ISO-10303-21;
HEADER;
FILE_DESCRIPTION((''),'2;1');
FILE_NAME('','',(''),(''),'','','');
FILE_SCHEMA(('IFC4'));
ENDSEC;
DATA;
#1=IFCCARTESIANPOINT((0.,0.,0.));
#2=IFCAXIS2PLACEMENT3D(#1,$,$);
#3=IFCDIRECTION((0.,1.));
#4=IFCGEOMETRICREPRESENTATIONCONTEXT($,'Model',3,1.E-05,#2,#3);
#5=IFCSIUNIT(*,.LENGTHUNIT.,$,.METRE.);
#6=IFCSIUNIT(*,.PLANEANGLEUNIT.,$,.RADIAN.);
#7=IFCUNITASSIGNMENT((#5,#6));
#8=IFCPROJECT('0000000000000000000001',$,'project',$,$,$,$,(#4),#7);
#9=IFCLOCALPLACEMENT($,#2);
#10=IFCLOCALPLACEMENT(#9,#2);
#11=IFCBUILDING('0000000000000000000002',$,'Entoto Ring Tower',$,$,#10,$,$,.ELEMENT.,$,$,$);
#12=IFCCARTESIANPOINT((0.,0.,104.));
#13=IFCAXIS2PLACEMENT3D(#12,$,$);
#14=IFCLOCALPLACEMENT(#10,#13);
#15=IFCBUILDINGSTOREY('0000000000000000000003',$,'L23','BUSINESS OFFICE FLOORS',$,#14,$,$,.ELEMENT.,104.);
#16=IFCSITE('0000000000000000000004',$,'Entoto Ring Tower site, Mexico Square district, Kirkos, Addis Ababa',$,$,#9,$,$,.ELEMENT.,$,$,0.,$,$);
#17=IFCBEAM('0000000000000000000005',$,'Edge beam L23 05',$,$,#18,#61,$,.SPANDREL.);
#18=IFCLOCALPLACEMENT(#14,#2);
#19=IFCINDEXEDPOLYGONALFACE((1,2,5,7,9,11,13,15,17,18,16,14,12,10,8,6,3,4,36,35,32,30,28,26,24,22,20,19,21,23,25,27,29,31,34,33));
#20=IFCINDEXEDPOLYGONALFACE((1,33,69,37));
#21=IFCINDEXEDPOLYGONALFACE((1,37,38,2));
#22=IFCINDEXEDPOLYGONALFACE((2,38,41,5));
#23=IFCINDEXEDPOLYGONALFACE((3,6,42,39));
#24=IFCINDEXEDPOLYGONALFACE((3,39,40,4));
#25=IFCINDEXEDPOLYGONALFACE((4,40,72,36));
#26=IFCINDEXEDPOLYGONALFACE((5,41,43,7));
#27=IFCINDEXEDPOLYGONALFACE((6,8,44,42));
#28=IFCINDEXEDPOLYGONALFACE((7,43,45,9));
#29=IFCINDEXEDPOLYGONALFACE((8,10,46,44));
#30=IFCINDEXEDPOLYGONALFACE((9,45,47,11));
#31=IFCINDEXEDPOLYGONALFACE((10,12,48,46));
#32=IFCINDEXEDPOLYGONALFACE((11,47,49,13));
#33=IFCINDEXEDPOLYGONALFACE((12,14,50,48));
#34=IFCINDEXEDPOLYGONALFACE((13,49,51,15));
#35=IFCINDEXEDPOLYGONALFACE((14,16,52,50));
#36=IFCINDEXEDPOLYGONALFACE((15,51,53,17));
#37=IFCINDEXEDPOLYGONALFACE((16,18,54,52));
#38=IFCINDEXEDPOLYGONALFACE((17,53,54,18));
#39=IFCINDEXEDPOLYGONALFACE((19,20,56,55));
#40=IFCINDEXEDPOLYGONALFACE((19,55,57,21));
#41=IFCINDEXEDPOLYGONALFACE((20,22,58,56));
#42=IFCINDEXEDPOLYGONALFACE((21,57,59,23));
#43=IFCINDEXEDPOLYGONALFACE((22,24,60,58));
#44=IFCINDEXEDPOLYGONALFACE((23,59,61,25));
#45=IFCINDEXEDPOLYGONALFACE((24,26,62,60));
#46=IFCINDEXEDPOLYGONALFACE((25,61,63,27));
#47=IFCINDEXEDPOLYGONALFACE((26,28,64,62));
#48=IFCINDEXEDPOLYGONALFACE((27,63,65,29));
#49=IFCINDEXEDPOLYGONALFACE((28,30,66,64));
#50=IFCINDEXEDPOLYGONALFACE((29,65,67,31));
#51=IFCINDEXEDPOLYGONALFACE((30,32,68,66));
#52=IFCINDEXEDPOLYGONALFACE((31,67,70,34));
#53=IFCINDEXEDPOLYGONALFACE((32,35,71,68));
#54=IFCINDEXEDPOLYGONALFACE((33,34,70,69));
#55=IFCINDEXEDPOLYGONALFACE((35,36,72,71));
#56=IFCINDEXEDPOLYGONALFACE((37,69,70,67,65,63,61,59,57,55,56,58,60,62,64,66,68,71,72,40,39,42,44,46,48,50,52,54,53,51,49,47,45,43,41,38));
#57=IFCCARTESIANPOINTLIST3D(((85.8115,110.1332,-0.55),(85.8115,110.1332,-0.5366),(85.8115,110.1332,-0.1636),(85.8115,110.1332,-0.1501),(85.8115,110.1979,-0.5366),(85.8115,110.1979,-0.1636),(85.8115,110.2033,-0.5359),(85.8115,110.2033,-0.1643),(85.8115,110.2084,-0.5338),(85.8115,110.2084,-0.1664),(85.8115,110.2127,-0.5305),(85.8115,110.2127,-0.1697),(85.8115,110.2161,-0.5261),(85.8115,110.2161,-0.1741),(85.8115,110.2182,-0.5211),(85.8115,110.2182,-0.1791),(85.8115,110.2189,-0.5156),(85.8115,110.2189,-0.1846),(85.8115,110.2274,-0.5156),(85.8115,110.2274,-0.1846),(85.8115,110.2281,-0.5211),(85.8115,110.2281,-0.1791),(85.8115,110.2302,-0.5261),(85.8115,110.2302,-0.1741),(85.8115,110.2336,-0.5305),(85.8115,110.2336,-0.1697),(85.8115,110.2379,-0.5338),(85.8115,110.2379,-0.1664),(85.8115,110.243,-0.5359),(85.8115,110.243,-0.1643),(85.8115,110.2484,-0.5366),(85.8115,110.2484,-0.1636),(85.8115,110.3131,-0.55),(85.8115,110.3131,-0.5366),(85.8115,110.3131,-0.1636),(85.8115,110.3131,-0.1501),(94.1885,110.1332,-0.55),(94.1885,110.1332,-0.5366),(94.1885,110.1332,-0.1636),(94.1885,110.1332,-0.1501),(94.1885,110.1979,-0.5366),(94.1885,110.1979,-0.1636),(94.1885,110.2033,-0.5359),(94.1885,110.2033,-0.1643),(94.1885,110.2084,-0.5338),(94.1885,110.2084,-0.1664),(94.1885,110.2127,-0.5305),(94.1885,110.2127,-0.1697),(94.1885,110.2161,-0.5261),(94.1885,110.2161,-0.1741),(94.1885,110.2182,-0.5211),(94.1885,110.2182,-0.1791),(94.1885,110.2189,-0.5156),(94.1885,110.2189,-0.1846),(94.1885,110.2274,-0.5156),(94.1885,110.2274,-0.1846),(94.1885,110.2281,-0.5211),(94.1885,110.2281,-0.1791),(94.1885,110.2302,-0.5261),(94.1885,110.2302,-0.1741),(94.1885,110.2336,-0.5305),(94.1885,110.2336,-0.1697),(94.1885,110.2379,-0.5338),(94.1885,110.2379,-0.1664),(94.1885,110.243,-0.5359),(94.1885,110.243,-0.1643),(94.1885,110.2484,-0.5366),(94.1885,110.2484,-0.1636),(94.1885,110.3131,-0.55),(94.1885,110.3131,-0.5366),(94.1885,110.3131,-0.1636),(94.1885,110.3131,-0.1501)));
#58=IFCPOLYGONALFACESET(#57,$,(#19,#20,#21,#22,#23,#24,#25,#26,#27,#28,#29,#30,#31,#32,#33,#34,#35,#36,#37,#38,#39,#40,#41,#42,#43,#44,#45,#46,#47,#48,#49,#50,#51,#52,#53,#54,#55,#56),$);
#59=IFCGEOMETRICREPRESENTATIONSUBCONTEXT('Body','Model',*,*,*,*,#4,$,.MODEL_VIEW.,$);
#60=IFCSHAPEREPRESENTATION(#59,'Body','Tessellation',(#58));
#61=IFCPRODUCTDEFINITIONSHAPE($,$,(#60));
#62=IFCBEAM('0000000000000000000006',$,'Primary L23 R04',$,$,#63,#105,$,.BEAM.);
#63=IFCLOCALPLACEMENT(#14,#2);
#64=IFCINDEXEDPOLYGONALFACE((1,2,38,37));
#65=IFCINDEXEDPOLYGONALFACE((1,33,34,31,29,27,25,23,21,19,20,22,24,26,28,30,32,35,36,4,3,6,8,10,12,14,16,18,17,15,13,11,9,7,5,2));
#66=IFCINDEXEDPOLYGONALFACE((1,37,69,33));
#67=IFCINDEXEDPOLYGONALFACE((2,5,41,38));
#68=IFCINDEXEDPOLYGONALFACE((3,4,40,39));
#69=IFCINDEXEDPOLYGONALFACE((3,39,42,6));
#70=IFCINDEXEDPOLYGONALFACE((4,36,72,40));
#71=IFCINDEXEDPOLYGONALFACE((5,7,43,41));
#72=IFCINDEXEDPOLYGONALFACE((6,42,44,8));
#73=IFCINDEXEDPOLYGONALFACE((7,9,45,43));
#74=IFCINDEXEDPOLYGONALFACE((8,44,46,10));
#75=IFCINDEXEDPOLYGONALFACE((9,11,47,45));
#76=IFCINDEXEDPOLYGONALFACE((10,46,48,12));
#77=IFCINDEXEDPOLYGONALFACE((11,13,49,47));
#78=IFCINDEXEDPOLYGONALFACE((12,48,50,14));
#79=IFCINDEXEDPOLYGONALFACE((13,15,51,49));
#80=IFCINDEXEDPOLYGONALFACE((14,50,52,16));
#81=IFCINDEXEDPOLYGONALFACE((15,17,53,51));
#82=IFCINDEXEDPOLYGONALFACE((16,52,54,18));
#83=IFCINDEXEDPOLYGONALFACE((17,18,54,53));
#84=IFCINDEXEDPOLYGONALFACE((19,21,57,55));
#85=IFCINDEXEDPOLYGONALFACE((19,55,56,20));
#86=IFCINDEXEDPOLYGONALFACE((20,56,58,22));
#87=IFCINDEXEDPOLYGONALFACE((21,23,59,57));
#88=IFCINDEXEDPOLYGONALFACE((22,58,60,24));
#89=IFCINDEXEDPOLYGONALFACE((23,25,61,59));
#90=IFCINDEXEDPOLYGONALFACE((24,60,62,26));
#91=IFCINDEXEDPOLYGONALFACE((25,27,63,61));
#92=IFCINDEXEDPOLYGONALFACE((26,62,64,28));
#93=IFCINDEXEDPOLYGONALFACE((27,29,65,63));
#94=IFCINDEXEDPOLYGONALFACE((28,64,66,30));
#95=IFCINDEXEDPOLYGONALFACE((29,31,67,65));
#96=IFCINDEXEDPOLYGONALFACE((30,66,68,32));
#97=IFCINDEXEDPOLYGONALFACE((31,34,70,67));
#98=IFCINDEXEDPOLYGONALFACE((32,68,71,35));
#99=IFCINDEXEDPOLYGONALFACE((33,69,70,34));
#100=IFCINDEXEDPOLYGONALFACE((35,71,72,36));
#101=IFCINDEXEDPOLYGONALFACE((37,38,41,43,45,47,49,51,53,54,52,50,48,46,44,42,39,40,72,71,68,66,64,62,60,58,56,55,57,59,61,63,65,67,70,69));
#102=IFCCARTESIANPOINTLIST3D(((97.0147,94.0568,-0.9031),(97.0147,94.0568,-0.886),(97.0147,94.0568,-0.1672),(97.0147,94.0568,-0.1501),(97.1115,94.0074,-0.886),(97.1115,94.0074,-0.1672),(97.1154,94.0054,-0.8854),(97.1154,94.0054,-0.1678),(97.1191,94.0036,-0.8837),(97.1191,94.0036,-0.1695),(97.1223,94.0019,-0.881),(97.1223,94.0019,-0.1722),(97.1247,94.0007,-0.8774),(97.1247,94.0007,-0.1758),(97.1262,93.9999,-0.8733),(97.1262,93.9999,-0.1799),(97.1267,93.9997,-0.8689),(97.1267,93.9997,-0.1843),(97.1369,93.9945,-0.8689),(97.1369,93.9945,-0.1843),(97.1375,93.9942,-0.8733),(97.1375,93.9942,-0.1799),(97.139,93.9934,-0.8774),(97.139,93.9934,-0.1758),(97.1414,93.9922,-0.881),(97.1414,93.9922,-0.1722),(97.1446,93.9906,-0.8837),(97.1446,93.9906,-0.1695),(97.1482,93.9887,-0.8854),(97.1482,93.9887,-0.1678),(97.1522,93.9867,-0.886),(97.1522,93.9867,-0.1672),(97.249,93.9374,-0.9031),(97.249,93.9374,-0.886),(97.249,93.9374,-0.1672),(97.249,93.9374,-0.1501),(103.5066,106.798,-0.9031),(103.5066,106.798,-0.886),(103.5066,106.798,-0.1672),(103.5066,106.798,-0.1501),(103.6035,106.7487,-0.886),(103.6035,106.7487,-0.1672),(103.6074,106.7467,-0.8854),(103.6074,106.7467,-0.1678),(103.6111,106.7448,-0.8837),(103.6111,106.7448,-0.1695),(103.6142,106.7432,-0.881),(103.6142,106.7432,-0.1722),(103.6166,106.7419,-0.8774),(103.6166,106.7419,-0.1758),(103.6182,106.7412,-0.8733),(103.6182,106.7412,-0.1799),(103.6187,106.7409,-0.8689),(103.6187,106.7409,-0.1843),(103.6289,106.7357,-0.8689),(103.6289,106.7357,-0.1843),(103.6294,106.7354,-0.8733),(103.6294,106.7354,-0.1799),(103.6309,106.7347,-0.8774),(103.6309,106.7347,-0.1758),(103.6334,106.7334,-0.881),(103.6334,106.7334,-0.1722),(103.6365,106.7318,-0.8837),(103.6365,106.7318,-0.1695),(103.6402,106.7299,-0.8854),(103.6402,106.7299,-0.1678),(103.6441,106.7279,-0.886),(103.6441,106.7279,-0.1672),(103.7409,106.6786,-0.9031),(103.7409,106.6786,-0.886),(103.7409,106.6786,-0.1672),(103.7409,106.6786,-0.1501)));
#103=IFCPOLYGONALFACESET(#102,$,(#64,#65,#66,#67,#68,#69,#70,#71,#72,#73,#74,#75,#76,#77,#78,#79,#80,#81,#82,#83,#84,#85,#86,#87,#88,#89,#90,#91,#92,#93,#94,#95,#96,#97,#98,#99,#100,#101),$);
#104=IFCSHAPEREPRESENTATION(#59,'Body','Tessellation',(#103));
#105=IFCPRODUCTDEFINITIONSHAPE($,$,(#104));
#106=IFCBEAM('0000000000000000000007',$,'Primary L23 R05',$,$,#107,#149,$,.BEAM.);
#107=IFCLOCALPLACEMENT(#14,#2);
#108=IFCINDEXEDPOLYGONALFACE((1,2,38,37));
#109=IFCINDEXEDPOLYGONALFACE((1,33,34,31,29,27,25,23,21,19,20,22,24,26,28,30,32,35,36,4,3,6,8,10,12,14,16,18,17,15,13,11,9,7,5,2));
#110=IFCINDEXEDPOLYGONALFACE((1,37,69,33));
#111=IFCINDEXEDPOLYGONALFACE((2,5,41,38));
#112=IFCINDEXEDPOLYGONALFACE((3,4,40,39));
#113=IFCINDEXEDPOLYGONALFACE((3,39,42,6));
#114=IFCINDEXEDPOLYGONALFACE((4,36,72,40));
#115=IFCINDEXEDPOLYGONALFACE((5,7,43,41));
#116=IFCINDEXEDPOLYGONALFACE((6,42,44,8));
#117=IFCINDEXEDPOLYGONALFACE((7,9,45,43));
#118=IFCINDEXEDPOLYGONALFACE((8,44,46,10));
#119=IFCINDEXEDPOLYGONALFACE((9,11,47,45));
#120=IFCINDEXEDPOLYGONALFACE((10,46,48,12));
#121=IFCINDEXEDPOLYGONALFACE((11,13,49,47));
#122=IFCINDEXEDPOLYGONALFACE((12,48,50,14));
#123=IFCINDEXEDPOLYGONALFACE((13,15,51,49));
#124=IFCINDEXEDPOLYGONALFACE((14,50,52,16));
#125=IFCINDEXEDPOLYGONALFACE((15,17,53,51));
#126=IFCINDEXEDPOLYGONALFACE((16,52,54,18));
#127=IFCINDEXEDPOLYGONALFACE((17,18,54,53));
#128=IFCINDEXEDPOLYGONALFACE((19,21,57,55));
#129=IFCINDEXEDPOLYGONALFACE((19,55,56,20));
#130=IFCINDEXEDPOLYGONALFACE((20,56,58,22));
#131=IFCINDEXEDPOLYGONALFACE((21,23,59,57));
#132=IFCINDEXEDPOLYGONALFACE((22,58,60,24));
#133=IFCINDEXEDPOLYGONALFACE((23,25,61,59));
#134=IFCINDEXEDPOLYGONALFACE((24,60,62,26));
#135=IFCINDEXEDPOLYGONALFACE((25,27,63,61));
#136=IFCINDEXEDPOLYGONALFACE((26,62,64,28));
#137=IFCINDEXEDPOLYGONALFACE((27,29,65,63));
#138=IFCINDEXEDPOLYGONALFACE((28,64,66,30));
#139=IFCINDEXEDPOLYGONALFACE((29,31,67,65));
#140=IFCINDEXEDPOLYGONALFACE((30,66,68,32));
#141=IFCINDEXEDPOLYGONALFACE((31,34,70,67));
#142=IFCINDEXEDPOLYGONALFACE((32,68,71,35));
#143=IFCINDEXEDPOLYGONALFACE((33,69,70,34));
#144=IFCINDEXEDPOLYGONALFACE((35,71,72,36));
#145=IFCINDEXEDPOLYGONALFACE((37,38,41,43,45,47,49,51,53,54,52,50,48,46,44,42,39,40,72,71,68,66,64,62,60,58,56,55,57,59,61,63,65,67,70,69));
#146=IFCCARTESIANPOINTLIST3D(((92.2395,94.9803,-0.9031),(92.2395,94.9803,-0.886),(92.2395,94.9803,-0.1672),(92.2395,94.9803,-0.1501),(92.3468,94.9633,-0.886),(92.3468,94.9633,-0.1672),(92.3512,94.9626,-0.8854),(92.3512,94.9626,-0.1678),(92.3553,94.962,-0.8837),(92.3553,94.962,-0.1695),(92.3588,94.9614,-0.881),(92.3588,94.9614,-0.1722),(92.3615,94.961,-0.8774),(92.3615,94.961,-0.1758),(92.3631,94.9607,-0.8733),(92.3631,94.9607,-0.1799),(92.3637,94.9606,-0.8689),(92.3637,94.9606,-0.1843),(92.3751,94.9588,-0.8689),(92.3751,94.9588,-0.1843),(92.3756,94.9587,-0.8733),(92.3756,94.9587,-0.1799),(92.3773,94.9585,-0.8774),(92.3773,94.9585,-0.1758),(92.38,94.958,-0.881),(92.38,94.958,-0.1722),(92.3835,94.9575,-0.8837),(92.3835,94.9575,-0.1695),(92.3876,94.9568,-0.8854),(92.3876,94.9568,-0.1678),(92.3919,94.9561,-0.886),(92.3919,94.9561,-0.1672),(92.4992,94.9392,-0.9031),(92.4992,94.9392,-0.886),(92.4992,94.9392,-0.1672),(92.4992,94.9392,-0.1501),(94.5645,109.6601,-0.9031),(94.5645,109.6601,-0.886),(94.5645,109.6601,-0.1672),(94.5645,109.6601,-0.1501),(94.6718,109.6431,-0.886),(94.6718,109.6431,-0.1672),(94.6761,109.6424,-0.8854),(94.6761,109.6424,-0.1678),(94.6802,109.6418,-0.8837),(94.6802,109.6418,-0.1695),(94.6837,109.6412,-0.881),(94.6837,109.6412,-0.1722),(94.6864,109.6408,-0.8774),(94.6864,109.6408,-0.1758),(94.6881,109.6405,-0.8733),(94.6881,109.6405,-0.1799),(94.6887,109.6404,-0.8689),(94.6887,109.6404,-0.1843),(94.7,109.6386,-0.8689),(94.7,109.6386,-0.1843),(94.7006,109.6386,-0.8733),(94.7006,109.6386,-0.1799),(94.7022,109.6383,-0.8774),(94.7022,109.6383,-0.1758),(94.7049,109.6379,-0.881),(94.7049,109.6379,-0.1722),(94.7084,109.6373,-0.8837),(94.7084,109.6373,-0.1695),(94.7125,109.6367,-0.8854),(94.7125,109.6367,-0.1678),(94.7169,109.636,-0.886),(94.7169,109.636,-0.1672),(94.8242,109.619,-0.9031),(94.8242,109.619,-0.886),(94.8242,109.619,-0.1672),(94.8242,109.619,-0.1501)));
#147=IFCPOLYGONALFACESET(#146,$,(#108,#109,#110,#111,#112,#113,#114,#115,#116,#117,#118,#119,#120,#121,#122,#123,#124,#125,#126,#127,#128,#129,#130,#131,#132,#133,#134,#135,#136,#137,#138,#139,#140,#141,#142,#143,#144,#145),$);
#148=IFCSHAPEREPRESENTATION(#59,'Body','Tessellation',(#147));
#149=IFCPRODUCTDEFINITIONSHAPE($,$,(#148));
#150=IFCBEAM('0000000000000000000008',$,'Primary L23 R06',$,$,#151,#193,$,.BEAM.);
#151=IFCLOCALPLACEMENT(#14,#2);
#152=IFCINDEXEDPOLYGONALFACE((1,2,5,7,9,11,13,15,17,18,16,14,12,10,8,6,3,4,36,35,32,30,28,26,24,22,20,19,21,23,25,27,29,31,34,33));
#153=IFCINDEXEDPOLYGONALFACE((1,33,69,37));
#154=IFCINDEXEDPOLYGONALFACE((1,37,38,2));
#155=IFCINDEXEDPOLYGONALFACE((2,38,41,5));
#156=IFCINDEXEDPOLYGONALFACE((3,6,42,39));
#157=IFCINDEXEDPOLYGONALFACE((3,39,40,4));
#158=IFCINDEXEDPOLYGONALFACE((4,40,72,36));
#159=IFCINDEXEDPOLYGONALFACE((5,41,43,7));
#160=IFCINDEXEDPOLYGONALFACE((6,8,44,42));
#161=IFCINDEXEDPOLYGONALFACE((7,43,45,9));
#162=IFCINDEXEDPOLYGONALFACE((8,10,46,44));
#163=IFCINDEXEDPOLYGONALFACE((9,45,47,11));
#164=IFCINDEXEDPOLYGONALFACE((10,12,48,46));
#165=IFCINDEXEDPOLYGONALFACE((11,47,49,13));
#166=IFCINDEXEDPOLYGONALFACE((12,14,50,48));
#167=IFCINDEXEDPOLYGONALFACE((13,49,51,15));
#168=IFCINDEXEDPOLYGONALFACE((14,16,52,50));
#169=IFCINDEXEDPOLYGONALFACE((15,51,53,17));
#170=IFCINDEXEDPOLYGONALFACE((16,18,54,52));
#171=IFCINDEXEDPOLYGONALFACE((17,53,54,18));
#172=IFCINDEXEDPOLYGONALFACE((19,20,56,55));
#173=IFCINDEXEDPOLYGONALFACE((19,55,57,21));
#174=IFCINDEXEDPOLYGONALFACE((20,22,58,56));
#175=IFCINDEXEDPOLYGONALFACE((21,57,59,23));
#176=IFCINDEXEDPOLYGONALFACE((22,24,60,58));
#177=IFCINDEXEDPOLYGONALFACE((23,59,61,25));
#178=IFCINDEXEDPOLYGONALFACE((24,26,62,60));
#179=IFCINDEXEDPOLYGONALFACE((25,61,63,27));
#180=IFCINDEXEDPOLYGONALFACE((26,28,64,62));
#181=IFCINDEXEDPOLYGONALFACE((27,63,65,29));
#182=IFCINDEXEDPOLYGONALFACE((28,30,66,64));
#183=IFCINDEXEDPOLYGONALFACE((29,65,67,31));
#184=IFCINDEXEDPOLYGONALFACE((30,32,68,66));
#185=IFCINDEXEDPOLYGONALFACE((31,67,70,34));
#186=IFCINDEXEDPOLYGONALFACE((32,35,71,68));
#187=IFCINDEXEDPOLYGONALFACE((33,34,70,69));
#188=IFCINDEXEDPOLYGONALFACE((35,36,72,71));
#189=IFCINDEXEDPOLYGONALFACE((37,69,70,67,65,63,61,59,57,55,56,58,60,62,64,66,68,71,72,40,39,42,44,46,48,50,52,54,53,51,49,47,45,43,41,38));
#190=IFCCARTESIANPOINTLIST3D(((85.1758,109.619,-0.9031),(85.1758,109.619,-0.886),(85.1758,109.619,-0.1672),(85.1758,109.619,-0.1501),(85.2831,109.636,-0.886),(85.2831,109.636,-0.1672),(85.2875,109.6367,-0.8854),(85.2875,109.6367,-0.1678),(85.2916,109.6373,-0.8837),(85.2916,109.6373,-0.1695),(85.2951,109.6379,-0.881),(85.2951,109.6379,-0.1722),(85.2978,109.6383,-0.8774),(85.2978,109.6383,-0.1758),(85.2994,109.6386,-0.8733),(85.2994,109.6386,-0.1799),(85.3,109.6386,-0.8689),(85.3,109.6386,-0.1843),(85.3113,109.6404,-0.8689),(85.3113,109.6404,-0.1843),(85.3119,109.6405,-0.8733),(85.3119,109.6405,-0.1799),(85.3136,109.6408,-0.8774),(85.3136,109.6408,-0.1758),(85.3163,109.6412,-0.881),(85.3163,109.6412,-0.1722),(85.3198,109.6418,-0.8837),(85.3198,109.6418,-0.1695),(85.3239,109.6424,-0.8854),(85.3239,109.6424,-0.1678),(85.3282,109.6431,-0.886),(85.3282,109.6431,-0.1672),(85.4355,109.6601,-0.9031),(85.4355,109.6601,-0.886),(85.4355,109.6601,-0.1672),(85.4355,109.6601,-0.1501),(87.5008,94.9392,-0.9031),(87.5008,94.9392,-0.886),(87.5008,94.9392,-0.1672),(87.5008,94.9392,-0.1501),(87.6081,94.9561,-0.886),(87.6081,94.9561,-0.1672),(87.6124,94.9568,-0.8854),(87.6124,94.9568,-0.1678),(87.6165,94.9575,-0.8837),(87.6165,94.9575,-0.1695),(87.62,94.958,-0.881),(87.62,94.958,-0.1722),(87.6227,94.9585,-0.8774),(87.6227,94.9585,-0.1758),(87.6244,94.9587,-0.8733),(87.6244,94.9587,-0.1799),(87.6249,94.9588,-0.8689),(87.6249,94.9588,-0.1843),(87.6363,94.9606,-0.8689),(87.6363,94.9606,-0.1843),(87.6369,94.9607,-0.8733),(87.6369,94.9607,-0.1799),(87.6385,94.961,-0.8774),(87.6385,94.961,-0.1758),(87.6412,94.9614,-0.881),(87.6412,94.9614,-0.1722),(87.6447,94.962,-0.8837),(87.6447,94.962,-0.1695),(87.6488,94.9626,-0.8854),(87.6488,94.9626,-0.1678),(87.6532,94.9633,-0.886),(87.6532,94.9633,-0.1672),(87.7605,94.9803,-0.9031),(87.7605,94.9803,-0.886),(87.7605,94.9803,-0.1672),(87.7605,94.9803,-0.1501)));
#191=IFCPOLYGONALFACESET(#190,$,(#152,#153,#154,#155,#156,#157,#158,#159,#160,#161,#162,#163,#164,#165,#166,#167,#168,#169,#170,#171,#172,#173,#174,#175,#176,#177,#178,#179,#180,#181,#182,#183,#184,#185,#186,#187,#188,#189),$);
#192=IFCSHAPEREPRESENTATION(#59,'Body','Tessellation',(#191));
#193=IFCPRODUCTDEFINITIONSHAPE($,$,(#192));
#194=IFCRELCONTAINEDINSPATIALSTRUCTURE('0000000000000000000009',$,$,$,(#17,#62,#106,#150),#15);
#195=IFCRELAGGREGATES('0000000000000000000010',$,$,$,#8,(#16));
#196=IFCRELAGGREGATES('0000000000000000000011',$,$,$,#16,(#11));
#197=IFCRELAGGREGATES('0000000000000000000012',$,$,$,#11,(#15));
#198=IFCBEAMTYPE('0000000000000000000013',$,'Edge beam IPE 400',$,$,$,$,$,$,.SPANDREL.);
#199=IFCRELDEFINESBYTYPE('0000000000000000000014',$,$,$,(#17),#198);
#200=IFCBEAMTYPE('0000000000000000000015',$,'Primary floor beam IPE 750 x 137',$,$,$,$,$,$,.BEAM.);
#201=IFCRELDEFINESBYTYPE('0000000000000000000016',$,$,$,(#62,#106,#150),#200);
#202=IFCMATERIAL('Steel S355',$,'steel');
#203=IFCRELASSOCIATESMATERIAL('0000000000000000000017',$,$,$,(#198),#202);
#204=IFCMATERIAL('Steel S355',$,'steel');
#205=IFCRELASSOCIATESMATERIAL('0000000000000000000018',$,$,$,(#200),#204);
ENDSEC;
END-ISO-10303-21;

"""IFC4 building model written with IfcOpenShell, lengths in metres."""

from ifc_helpers import new_model, si_unit, direction, frame, origin, origin_2d, place, context, subcontext, project, spatial, i_section, extrude, material, material_profile, profile_set, type_object, element, save


model = new_model("IFC4")

# Units and contexts
model_context = context("Model", 3, precision=1e-05, world=origin(), true_north=direction((0.0, 1.0)))
body_context = subcontext(model_context, "Body", "Model", "MODEL_VIEW")
ifc_project = project(units=[si_unit("LENGTHUNIT", "METRE"), si_unit("PLANEANGLEUNIT", "RADIAN")], contexts=[model_context])

# Site, building, storey
site_placement = place(None, origin())
site = spatial("IfcSite", under=ifc_project, at=site_placement, Name="Entoto Ring Tower site, Mexico Square district, Kirkos, Addis Ababa", CompositionType="ELEMENT", RefElevation=0.0)
building_placement = place(site_placement, origin())
building = spatial("IfcBuilding", under=site, at=building_placement, Name="Entoto Ring Tower", CompositionType="ELEMENT")
storey_placement = place(building_placement, frame((0.0, 0.0, 104.0)))
storey = spatial("IfcBuildingStorey", under=building, at=storey_placement, Name="L23", Description="BUSINESS OFFICE FLOORS", CompositionType="ELEMENT", Elevation=104.0)

# Beams
ifc_material_1 = material(Name="Steel S355", Category="steel")
ifc_material_profile_1 = material_profile(ifc_material_1, i_section(OverallWidth=0.1799, OverallDepth=0.3999, WebThickness=0.0085, FlangeThickness=0.0134, FilletRadius=0.021, at=origin_2d()), Name="IPE 400")
ifc_profile_set_1 = profile_set([ifc_material_profile_1], Name="Steel S355")
beam_type_1 = type_object("IfcBeamType", Name="Edge beam IPE 400", PredefinedType="SPANDREL", material=ifc_profile_set_1)
beam_1_placement = place(storey_placement, frame((94.1885, 110.2231, -0.3501), z_axis=(-1.0, 0.0, 0.0), x_axis=(0.0, -1.0, 0.0)))
element("IfcBeam", 1, at=beam_1_placement, inside=storey, type_object=beam_type_1, Name="Edge beam L23 05", PredefinedType="SPANDREL", context=body_context, shape_type="SweptSolid", body=[
    extrude(i_section(OverallWidth=0.1799, OverallDepth=0.3999, WebThickness=0.0085, FlangeThickness=0.0134, FilletRadius=0.021, at=origin_2d()), origin(), (0.0, 0.0, 1.0), 8.377),
])
ifc_material_2 = material(Name="Steel S355", Category="steel")
ifc_material_profile_2 = material_profile(ifc_material_2, i_section(OverallWidth=0.2629, OverallDepth=0.7529, WebThickness=0.0115, FlangeThickness=0.0171, FilletRadius=0.0171, at=origin_2d()), Name="IPE 750 x 137")
ifc_profile_set_2 = profile_set([ifc_material_profile_2], Name="Steel S355")
beam_type_2 = type_object("IfcBeamType", Name="Primary floor beam IPE 750 x 137", PredefinedType="BEAM", material=ifc_profile_set_2)
beam_2_placement = place(storey_placement, frame((97.1318, 93.9971, -0.5266), z_axis=(0.453989, 0.891007, 0.0), x_axis=(-0.891007, 0.453989, 0.0)))
element("IfcBeam", 2, at=beam_2_placement, inside=storey, type_object=beam_type_2, Name="Primary L23 R04", PredefinedType="BEAM", context=body_context, shape_type="SweptSolid", body=[
    extrude(i_section(OverallWidth=0.2629, OverallDepth=0.7529, WebThickness=0.0115, FlangeThickness=0.0171, FilletRadius=0.0171, at=origin_2d()), origin(), (0.0, 0.0, 1.0), 14.2998),
])
for number, where, z_axis, x_axis, name in (
    (3, (92.3694, 94.9597, -0.5266), (0.156426, 0.98769, 0.0), (-0.98769, 0.156426, 0.0), "Primary L23 R05"),
    (4, (87.6306, 94.9597, -0.5266), (-0.156426, 0.98769, 0.0), (-0.98769, -0.156426, 0.0), "Primary L23 R06"),
):
    element("IfcBeam", number, at=place(storey_placement, frame(where, z_axis=z_axis, x_axis=x_axis)), inside=storey, type_object=beam_type_2, Name=name, PredefinedType="BEAM", context=body_context, shape_type="SweptSolid", body=[
        extrude(i_section(OverallWidth=0.2629, OverallDepth=0.7529, WebThickness=0.0115, FlangeThickness=0.0171, FilletRadius=0.0171, at=origin_2d()), origin(), (0.0, 0.0, 1.0), 14.8628),
    ])

save(model, "model.ifc")
